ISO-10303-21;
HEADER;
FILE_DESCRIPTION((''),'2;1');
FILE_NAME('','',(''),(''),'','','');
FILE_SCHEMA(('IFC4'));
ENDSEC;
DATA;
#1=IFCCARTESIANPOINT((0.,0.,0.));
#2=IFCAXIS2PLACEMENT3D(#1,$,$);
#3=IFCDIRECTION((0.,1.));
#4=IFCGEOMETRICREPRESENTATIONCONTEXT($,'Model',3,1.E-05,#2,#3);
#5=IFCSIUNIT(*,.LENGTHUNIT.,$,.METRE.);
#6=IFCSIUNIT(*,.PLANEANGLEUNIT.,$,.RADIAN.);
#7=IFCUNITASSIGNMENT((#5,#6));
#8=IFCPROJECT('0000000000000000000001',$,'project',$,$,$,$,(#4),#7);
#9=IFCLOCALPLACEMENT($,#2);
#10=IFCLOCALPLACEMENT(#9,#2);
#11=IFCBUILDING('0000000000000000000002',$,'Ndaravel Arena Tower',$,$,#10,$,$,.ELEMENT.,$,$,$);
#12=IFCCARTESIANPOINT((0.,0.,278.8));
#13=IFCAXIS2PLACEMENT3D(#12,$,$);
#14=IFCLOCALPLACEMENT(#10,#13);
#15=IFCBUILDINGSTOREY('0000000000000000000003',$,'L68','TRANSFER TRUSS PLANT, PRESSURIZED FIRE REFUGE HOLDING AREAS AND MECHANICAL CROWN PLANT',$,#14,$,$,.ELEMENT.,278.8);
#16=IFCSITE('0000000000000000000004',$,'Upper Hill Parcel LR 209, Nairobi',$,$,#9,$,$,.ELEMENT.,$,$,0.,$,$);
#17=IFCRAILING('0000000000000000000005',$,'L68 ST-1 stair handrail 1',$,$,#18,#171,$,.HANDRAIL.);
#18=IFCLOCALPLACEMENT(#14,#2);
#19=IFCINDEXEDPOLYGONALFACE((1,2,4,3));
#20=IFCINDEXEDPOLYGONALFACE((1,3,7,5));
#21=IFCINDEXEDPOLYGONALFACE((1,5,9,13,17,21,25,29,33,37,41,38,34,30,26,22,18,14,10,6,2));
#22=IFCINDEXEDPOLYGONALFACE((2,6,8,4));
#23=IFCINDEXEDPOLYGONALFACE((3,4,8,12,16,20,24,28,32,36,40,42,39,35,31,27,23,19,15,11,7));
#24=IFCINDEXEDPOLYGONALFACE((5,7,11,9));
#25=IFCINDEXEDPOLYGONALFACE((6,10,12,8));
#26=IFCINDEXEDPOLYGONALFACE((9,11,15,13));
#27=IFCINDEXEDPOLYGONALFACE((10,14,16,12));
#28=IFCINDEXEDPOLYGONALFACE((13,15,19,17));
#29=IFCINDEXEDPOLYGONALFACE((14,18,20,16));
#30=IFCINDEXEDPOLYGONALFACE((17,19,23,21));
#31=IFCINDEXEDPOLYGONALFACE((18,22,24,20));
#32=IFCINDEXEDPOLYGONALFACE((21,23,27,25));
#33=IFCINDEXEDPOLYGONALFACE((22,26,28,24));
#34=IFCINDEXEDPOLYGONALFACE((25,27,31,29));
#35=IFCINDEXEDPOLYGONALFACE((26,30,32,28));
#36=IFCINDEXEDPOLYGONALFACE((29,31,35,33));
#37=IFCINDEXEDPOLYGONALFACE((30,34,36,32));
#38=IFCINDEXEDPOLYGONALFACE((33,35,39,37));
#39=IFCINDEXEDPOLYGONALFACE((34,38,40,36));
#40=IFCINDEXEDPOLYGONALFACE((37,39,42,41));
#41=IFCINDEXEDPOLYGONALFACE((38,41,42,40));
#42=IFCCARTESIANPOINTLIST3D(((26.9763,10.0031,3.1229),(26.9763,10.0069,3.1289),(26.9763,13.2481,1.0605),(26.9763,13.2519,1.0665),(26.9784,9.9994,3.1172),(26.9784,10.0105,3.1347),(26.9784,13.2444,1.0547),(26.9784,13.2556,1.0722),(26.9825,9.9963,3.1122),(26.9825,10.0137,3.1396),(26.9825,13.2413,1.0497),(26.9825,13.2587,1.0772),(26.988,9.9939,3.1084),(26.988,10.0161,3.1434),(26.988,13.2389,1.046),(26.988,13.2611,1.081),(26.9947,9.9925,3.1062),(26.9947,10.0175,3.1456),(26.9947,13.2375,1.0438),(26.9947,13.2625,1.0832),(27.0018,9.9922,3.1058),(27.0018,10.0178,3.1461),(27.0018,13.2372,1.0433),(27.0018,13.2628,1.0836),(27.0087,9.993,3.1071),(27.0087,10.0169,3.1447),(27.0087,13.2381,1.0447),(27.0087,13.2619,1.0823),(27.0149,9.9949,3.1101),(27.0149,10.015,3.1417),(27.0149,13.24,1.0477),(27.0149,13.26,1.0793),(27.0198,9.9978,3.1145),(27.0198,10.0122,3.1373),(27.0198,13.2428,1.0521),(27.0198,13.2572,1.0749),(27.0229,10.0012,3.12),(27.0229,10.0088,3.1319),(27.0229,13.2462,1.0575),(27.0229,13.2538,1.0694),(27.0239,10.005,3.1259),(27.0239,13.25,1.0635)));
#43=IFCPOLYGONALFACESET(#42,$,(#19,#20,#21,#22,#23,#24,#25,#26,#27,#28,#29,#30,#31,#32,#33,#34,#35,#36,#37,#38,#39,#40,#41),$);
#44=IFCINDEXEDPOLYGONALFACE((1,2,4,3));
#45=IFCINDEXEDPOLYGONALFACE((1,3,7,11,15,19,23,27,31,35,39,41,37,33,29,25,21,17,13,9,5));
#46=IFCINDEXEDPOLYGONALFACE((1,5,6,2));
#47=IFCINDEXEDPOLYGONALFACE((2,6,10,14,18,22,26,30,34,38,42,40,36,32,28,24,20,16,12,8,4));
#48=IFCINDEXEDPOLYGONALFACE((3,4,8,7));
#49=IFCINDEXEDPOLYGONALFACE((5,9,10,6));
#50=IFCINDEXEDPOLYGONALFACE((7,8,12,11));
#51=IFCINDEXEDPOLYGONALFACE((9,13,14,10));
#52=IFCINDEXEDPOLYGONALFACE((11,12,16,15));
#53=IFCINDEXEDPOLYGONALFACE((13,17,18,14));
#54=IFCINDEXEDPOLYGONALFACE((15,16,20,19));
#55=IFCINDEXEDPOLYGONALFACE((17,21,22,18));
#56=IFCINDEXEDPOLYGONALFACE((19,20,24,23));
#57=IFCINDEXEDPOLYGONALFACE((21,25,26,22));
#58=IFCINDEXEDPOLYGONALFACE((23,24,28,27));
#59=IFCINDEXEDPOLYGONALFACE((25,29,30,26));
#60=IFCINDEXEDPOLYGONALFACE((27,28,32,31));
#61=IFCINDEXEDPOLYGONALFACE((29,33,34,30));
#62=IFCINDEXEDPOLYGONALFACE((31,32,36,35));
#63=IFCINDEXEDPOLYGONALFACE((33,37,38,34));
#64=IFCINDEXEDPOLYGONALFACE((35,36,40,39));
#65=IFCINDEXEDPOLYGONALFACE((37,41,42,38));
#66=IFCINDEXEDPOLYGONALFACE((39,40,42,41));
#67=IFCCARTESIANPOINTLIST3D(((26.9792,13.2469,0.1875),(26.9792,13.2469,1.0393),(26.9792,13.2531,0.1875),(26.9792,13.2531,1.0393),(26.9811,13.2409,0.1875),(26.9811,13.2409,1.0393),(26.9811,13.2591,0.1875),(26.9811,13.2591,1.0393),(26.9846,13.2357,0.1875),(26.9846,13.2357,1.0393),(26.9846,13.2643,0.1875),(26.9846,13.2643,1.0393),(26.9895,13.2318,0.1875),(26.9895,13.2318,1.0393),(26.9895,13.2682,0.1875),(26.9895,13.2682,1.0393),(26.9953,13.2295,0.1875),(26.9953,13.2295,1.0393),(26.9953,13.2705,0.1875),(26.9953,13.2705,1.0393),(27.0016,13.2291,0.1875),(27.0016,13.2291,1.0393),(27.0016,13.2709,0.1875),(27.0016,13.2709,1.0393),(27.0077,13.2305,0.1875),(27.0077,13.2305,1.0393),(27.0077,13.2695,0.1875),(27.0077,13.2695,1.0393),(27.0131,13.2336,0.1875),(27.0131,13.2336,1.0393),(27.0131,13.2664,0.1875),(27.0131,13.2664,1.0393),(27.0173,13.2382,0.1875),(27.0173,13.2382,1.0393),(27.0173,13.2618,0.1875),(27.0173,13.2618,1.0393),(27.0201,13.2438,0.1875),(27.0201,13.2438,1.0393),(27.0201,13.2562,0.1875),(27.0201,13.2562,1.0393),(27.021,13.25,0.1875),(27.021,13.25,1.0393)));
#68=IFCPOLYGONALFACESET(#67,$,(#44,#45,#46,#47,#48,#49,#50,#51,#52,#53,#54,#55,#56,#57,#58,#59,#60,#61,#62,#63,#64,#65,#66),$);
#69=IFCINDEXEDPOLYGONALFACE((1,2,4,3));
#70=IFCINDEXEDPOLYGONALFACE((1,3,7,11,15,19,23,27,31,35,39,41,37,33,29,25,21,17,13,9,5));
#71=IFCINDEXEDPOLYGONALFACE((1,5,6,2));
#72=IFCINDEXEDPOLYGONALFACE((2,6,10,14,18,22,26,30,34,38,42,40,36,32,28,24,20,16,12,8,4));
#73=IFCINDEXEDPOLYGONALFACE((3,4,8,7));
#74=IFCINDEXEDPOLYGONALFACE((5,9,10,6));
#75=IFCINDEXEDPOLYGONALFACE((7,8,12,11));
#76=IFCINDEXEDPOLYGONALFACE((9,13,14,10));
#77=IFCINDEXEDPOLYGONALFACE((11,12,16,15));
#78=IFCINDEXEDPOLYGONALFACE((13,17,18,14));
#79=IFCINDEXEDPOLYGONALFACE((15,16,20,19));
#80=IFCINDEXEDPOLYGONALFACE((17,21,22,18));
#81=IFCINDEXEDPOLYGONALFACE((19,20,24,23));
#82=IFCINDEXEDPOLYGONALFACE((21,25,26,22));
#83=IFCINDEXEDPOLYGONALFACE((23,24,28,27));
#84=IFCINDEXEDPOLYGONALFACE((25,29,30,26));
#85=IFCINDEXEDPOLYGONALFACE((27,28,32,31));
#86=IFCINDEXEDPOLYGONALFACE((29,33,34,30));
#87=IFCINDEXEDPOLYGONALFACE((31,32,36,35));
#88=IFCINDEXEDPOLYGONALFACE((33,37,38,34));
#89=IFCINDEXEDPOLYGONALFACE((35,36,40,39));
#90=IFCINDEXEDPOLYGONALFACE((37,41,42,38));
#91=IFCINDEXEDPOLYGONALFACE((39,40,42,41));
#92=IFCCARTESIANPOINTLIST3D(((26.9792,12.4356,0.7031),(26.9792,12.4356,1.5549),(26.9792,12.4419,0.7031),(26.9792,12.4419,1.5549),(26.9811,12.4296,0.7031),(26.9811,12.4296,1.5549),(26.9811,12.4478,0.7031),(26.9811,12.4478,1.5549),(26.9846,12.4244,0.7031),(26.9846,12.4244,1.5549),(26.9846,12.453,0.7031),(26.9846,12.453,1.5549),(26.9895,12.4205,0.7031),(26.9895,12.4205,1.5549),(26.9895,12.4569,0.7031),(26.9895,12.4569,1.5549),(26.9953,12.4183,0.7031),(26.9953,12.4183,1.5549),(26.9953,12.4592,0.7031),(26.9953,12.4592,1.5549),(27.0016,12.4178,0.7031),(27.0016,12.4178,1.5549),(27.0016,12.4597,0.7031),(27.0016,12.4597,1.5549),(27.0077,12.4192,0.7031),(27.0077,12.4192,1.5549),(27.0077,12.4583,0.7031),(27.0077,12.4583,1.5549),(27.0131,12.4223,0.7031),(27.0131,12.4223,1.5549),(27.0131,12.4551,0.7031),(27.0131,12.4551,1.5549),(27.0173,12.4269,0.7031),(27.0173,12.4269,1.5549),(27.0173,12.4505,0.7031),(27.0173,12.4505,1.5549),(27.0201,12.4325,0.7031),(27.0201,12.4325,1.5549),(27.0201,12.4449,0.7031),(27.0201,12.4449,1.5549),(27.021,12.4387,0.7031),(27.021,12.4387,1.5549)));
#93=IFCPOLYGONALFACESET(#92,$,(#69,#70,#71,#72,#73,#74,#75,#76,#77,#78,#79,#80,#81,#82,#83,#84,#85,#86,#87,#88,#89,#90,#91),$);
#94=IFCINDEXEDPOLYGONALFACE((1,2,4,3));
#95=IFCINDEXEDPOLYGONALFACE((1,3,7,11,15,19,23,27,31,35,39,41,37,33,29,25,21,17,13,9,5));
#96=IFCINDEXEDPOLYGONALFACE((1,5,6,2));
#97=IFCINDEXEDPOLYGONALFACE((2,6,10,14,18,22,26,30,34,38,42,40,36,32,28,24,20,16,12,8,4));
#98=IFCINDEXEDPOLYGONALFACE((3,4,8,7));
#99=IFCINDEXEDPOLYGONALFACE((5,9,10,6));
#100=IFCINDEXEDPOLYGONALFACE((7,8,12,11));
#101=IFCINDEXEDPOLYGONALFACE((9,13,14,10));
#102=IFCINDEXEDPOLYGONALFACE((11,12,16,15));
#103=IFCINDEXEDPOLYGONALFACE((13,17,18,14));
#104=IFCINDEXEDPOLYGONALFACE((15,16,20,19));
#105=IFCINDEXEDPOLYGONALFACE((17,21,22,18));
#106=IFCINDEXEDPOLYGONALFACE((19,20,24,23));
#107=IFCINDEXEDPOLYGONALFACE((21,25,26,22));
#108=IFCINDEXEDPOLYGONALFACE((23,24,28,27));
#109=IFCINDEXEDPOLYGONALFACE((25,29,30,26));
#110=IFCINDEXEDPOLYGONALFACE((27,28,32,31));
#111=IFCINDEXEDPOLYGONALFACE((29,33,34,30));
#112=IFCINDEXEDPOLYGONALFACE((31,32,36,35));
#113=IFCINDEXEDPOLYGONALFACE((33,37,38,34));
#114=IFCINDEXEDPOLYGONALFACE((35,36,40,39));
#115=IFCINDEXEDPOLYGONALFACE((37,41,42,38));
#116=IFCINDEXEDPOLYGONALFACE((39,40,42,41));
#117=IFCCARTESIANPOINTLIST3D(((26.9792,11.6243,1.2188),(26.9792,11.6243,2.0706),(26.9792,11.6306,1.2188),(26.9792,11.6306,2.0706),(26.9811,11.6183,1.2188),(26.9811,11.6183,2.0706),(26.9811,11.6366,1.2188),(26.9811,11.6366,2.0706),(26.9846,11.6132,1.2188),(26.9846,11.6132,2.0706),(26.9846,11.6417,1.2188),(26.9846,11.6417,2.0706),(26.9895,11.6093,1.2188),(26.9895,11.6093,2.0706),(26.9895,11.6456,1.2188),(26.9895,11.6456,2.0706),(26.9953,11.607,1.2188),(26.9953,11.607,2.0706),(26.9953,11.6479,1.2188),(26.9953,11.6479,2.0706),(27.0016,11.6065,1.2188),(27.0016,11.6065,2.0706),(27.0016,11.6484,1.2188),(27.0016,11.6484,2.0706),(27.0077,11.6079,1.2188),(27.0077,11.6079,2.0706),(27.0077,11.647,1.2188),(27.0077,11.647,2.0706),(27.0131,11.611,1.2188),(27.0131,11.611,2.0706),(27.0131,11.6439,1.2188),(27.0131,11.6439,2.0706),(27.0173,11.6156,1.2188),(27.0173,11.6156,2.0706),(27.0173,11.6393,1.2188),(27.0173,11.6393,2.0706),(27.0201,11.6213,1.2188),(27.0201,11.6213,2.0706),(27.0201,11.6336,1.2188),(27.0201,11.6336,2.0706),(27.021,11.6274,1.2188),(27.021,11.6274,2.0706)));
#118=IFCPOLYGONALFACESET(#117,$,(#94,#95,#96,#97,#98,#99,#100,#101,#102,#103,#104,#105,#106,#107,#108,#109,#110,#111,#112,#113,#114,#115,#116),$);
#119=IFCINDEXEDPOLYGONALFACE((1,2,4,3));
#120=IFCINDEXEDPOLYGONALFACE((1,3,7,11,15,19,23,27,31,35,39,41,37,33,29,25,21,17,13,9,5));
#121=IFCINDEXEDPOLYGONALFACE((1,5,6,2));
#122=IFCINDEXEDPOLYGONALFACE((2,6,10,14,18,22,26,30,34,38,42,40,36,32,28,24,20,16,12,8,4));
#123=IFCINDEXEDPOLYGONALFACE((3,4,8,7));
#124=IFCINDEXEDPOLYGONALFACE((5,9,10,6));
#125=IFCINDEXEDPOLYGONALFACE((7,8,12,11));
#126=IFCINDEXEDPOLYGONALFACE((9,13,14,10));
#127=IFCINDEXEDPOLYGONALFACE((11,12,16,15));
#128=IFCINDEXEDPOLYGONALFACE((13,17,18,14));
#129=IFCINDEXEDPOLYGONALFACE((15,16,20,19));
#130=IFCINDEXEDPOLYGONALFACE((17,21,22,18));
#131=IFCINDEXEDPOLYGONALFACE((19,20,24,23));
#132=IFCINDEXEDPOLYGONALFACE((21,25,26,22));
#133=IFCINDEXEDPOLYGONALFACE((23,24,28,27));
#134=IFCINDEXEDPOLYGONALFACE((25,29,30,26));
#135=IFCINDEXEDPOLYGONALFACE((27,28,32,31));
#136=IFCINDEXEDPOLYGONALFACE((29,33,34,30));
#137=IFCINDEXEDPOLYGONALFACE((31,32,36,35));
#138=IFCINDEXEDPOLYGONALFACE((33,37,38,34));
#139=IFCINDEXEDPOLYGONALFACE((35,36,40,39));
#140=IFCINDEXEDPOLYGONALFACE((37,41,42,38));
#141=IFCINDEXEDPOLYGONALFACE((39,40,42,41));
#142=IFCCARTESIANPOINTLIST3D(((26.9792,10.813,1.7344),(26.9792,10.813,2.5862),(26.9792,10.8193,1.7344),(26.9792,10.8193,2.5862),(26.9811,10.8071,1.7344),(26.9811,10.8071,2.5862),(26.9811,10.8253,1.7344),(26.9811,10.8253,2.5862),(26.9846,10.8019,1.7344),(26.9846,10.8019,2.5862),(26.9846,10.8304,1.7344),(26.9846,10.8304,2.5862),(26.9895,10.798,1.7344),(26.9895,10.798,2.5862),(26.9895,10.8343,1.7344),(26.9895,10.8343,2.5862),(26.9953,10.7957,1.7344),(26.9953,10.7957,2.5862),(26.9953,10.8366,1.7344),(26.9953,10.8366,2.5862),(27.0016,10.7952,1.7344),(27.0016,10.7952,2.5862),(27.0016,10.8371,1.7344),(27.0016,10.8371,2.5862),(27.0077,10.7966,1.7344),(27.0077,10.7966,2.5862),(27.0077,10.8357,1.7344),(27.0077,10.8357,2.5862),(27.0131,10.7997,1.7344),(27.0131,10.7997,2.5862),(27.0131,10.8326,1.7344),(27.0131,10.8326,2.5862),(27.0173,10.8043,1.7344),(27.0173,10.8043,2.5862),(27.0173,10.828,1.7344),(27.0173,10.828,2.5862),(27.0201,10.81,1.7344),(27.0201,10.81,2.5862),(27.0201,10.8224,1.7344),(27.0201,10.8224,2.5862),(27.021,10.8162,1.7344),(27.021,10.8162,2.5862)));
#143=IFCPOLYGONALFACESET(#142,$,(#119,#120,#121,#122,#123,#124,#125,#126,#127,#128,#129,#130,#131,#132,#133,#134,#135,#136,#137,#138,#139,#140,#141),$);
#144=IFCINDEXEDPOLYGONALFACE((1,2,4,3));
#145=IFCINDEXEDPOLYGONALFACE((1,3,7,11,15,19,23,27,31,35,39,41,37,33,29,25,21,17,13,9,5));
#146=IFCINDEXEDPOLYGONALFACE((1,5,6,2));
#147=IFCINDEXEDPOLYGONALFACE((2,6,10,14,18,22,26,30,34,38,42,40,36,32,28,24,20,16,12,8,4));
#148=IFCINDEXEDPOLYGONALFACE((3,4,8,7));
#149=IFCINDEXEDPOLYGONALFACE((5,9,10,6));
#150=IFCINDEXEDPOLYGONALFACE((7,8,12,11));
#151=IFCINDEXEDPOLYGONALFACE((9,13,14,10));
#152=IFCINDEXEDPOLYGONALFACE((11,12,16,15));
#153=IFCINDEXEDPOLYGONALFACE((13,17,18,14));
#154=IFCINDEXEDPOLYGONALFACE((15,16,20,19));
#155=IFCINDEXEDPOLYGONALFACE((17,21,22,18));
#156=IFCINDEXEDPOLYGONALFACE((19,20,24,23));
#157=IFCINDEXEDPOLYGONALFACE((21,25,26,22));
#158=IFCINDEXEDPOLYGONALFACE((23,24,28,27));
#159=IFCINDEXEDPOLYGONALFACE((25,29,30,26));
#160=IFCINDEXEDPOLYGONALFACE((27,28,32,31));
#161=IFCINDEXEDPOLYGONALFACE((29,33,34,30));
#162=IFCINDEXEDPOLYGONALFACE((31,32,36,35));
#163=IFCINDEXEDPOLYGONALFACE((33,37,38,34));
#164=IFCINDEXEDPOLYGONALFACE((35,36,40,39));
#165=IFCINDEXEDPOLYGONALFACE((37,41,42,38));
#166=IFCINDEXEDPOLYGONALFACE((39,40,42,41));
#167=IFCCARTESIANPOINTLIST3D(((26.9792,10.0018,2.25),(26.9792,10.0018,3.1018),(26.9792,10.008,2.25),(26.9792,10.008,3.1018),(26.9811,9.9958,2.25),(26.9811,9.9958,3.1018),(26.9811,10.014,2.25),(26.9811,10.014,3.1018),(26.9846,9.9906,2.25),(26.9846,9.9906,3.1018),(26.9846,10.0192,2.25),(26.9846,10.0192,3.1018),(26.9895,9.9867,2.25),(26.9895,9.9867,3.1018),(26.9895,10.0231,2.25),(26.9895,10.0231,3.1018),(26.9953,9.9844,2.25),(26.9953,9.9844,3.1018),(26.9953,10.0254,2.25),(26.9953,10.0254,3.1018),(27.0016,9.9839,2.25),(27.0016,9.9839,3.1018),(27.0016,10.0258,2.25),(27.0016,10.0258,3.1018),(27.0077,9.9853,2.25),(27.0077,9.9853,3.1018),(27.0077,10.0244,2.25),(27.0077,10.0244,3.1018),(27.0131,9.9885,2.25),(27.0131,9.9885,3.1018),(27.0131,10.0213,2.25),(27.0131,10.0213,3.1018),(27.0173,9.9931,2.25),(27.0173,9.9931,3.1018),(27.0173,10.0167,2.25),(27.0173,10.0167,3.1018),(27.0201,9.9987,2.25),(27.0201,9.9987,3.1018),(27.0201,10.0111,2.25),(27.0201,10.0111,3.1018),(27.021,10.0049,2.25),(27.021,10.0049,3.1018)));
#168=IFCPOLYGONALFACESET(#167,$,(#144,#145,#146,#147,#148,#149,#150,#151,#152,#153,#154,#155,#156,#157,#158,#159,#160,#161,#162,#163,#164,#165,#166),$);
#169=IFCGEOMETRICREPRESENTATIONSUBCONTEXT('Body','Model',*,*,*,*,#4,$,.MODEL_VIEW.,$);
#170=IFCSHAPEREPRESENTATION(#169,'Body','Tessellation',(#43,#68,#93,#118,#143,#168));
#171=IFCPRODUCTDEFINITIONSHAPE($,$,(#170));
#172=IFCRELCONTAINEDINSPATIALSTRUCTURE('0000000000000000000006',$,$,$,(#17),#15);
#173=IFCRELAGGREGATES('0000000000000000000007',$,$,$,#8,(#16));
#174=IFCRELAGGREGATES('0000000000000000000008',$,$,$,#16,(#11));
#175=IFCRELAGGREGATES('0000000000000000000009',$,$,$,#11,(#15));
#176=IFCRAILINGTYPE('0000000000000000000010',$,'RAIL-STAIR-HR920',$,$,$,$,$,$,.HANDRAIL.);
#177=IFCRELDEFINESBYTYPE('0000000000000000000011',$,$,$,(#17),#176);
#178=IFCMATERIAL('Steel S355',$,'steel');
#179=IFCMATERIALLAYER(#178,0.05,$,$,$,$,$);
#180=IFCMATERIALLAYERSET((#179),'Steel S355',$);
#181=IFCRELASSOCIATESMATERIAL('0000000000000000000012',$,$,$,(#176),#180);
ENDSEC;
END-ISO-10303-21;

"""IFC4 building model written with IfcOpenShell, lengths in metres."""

from ifc_helpers import new_model, si_unit, direction, frame, origin, origin_2d, place, context, subcontext, project, spatial, circle, extrude, material, layer, layer_set, type_object, element, save


model = new_model("IFC4")

# Units and contexts
model_context = context("Model", 3, precision=1e-05, world=origin(), true_north=direction((0.0, 1.0)))
body_context = subcontext(model_context, "Body", "Model", "MODEL_VIEW")
ifc_project = project(units=[si_unit("LENGTHUNIT", "METRE"), si_unit("PLANEANGLEUNIT", "RADIAN")], contexts=[model_context])

# Site, building, storey
site_placement = place(None, origin())
site = spatial("IfcSite", under=ifc_project, at=site_placement, Name="Upper Hill Parcel LR 209, Nairobi", CompositionType="ELEMENT", RefElevation=0.0)
building_placement = place(site_placement, origin())
building = spatial("IfcBuilding", under=site, at=building_placement, Name="Ndaravel Arena Tower", CompositionType="ELEMENT")
storey_placement = place(building_placement, frame((0.0, 0.0, 278.8)))
storey = spatial("IfcBuildingStorey", under=building, at=storey_placement, Name="L68", Description="TRANSFER TRUSS PLANT, PRESSURIZED FIRE REFUGE HOLDING AREAS AND MECHANICAL CROWN PLANT", CompositionType="ELEMENT", Elevation=278.8)

# Railing
ifc_material_1 = material(Name="Steel S355", Category="steel")
ifc_layer_1 = layer(ifc_material_1, 0.05)
ifc_layer_set_1 = layer_set([ifc_layer_1], Name="Steel S355")
railing_type_1 = type_object("IfcRailingType", Name="RAIL-STAIR-HR920", PredefinedType="HANDRAIL", material=ifc_layer_set_1)
railing_1_placement = place(storey_placement, frame((27.0, 13.25, 0.1875)))
element("IfcRailing", 1, at=railing_1_placement, inside=storey, type_object=railing_type_1, Name="L68 ST-1 stair handrail 1", PredefinedType="HANDRAIL", context=body_context, shape_type="SweptSolid", body=[
    extrude(circle(Radius=0.0239, at=origin_2d()), frame((0.0, 0.0, 0.876), z_axis=(0.0, -0.843965, 0.536399), x_axis=(1.0, 0.0, 0.0)), (0.0, 0.0, 1.0), 3.845),
    extrude(circle(Radius=0.021, at=origin_2d()), origin(), (0.0, 0.0, 1.0), 0.8518),
    extrude(circle(Radius=0.021, at=origin_2d()), frame((0.0, -0.8113, 0.5156)), (0.0, 0.0, 1.0), 0.8518),
    extrude(circle(Radius=0.021, at=origin_2d()), frame((0.0, -1.6226, 1.0312)), (0.0, 0.0, 1.0), 0.8518),
    extrude(circle(Radius=0.021, at=origin_2d()), frame((0.0, -2.4338, 1.5469)), (0.0, 0.0, 1.0), 0.8518),
    extrude(circle(Radius=0.021, at=origin_2d()), frame((0.0, -3.2451, 2.0625)), (0.0, 0.0, 1.0), 0.8518),
])

save(model, "model.ifc")
